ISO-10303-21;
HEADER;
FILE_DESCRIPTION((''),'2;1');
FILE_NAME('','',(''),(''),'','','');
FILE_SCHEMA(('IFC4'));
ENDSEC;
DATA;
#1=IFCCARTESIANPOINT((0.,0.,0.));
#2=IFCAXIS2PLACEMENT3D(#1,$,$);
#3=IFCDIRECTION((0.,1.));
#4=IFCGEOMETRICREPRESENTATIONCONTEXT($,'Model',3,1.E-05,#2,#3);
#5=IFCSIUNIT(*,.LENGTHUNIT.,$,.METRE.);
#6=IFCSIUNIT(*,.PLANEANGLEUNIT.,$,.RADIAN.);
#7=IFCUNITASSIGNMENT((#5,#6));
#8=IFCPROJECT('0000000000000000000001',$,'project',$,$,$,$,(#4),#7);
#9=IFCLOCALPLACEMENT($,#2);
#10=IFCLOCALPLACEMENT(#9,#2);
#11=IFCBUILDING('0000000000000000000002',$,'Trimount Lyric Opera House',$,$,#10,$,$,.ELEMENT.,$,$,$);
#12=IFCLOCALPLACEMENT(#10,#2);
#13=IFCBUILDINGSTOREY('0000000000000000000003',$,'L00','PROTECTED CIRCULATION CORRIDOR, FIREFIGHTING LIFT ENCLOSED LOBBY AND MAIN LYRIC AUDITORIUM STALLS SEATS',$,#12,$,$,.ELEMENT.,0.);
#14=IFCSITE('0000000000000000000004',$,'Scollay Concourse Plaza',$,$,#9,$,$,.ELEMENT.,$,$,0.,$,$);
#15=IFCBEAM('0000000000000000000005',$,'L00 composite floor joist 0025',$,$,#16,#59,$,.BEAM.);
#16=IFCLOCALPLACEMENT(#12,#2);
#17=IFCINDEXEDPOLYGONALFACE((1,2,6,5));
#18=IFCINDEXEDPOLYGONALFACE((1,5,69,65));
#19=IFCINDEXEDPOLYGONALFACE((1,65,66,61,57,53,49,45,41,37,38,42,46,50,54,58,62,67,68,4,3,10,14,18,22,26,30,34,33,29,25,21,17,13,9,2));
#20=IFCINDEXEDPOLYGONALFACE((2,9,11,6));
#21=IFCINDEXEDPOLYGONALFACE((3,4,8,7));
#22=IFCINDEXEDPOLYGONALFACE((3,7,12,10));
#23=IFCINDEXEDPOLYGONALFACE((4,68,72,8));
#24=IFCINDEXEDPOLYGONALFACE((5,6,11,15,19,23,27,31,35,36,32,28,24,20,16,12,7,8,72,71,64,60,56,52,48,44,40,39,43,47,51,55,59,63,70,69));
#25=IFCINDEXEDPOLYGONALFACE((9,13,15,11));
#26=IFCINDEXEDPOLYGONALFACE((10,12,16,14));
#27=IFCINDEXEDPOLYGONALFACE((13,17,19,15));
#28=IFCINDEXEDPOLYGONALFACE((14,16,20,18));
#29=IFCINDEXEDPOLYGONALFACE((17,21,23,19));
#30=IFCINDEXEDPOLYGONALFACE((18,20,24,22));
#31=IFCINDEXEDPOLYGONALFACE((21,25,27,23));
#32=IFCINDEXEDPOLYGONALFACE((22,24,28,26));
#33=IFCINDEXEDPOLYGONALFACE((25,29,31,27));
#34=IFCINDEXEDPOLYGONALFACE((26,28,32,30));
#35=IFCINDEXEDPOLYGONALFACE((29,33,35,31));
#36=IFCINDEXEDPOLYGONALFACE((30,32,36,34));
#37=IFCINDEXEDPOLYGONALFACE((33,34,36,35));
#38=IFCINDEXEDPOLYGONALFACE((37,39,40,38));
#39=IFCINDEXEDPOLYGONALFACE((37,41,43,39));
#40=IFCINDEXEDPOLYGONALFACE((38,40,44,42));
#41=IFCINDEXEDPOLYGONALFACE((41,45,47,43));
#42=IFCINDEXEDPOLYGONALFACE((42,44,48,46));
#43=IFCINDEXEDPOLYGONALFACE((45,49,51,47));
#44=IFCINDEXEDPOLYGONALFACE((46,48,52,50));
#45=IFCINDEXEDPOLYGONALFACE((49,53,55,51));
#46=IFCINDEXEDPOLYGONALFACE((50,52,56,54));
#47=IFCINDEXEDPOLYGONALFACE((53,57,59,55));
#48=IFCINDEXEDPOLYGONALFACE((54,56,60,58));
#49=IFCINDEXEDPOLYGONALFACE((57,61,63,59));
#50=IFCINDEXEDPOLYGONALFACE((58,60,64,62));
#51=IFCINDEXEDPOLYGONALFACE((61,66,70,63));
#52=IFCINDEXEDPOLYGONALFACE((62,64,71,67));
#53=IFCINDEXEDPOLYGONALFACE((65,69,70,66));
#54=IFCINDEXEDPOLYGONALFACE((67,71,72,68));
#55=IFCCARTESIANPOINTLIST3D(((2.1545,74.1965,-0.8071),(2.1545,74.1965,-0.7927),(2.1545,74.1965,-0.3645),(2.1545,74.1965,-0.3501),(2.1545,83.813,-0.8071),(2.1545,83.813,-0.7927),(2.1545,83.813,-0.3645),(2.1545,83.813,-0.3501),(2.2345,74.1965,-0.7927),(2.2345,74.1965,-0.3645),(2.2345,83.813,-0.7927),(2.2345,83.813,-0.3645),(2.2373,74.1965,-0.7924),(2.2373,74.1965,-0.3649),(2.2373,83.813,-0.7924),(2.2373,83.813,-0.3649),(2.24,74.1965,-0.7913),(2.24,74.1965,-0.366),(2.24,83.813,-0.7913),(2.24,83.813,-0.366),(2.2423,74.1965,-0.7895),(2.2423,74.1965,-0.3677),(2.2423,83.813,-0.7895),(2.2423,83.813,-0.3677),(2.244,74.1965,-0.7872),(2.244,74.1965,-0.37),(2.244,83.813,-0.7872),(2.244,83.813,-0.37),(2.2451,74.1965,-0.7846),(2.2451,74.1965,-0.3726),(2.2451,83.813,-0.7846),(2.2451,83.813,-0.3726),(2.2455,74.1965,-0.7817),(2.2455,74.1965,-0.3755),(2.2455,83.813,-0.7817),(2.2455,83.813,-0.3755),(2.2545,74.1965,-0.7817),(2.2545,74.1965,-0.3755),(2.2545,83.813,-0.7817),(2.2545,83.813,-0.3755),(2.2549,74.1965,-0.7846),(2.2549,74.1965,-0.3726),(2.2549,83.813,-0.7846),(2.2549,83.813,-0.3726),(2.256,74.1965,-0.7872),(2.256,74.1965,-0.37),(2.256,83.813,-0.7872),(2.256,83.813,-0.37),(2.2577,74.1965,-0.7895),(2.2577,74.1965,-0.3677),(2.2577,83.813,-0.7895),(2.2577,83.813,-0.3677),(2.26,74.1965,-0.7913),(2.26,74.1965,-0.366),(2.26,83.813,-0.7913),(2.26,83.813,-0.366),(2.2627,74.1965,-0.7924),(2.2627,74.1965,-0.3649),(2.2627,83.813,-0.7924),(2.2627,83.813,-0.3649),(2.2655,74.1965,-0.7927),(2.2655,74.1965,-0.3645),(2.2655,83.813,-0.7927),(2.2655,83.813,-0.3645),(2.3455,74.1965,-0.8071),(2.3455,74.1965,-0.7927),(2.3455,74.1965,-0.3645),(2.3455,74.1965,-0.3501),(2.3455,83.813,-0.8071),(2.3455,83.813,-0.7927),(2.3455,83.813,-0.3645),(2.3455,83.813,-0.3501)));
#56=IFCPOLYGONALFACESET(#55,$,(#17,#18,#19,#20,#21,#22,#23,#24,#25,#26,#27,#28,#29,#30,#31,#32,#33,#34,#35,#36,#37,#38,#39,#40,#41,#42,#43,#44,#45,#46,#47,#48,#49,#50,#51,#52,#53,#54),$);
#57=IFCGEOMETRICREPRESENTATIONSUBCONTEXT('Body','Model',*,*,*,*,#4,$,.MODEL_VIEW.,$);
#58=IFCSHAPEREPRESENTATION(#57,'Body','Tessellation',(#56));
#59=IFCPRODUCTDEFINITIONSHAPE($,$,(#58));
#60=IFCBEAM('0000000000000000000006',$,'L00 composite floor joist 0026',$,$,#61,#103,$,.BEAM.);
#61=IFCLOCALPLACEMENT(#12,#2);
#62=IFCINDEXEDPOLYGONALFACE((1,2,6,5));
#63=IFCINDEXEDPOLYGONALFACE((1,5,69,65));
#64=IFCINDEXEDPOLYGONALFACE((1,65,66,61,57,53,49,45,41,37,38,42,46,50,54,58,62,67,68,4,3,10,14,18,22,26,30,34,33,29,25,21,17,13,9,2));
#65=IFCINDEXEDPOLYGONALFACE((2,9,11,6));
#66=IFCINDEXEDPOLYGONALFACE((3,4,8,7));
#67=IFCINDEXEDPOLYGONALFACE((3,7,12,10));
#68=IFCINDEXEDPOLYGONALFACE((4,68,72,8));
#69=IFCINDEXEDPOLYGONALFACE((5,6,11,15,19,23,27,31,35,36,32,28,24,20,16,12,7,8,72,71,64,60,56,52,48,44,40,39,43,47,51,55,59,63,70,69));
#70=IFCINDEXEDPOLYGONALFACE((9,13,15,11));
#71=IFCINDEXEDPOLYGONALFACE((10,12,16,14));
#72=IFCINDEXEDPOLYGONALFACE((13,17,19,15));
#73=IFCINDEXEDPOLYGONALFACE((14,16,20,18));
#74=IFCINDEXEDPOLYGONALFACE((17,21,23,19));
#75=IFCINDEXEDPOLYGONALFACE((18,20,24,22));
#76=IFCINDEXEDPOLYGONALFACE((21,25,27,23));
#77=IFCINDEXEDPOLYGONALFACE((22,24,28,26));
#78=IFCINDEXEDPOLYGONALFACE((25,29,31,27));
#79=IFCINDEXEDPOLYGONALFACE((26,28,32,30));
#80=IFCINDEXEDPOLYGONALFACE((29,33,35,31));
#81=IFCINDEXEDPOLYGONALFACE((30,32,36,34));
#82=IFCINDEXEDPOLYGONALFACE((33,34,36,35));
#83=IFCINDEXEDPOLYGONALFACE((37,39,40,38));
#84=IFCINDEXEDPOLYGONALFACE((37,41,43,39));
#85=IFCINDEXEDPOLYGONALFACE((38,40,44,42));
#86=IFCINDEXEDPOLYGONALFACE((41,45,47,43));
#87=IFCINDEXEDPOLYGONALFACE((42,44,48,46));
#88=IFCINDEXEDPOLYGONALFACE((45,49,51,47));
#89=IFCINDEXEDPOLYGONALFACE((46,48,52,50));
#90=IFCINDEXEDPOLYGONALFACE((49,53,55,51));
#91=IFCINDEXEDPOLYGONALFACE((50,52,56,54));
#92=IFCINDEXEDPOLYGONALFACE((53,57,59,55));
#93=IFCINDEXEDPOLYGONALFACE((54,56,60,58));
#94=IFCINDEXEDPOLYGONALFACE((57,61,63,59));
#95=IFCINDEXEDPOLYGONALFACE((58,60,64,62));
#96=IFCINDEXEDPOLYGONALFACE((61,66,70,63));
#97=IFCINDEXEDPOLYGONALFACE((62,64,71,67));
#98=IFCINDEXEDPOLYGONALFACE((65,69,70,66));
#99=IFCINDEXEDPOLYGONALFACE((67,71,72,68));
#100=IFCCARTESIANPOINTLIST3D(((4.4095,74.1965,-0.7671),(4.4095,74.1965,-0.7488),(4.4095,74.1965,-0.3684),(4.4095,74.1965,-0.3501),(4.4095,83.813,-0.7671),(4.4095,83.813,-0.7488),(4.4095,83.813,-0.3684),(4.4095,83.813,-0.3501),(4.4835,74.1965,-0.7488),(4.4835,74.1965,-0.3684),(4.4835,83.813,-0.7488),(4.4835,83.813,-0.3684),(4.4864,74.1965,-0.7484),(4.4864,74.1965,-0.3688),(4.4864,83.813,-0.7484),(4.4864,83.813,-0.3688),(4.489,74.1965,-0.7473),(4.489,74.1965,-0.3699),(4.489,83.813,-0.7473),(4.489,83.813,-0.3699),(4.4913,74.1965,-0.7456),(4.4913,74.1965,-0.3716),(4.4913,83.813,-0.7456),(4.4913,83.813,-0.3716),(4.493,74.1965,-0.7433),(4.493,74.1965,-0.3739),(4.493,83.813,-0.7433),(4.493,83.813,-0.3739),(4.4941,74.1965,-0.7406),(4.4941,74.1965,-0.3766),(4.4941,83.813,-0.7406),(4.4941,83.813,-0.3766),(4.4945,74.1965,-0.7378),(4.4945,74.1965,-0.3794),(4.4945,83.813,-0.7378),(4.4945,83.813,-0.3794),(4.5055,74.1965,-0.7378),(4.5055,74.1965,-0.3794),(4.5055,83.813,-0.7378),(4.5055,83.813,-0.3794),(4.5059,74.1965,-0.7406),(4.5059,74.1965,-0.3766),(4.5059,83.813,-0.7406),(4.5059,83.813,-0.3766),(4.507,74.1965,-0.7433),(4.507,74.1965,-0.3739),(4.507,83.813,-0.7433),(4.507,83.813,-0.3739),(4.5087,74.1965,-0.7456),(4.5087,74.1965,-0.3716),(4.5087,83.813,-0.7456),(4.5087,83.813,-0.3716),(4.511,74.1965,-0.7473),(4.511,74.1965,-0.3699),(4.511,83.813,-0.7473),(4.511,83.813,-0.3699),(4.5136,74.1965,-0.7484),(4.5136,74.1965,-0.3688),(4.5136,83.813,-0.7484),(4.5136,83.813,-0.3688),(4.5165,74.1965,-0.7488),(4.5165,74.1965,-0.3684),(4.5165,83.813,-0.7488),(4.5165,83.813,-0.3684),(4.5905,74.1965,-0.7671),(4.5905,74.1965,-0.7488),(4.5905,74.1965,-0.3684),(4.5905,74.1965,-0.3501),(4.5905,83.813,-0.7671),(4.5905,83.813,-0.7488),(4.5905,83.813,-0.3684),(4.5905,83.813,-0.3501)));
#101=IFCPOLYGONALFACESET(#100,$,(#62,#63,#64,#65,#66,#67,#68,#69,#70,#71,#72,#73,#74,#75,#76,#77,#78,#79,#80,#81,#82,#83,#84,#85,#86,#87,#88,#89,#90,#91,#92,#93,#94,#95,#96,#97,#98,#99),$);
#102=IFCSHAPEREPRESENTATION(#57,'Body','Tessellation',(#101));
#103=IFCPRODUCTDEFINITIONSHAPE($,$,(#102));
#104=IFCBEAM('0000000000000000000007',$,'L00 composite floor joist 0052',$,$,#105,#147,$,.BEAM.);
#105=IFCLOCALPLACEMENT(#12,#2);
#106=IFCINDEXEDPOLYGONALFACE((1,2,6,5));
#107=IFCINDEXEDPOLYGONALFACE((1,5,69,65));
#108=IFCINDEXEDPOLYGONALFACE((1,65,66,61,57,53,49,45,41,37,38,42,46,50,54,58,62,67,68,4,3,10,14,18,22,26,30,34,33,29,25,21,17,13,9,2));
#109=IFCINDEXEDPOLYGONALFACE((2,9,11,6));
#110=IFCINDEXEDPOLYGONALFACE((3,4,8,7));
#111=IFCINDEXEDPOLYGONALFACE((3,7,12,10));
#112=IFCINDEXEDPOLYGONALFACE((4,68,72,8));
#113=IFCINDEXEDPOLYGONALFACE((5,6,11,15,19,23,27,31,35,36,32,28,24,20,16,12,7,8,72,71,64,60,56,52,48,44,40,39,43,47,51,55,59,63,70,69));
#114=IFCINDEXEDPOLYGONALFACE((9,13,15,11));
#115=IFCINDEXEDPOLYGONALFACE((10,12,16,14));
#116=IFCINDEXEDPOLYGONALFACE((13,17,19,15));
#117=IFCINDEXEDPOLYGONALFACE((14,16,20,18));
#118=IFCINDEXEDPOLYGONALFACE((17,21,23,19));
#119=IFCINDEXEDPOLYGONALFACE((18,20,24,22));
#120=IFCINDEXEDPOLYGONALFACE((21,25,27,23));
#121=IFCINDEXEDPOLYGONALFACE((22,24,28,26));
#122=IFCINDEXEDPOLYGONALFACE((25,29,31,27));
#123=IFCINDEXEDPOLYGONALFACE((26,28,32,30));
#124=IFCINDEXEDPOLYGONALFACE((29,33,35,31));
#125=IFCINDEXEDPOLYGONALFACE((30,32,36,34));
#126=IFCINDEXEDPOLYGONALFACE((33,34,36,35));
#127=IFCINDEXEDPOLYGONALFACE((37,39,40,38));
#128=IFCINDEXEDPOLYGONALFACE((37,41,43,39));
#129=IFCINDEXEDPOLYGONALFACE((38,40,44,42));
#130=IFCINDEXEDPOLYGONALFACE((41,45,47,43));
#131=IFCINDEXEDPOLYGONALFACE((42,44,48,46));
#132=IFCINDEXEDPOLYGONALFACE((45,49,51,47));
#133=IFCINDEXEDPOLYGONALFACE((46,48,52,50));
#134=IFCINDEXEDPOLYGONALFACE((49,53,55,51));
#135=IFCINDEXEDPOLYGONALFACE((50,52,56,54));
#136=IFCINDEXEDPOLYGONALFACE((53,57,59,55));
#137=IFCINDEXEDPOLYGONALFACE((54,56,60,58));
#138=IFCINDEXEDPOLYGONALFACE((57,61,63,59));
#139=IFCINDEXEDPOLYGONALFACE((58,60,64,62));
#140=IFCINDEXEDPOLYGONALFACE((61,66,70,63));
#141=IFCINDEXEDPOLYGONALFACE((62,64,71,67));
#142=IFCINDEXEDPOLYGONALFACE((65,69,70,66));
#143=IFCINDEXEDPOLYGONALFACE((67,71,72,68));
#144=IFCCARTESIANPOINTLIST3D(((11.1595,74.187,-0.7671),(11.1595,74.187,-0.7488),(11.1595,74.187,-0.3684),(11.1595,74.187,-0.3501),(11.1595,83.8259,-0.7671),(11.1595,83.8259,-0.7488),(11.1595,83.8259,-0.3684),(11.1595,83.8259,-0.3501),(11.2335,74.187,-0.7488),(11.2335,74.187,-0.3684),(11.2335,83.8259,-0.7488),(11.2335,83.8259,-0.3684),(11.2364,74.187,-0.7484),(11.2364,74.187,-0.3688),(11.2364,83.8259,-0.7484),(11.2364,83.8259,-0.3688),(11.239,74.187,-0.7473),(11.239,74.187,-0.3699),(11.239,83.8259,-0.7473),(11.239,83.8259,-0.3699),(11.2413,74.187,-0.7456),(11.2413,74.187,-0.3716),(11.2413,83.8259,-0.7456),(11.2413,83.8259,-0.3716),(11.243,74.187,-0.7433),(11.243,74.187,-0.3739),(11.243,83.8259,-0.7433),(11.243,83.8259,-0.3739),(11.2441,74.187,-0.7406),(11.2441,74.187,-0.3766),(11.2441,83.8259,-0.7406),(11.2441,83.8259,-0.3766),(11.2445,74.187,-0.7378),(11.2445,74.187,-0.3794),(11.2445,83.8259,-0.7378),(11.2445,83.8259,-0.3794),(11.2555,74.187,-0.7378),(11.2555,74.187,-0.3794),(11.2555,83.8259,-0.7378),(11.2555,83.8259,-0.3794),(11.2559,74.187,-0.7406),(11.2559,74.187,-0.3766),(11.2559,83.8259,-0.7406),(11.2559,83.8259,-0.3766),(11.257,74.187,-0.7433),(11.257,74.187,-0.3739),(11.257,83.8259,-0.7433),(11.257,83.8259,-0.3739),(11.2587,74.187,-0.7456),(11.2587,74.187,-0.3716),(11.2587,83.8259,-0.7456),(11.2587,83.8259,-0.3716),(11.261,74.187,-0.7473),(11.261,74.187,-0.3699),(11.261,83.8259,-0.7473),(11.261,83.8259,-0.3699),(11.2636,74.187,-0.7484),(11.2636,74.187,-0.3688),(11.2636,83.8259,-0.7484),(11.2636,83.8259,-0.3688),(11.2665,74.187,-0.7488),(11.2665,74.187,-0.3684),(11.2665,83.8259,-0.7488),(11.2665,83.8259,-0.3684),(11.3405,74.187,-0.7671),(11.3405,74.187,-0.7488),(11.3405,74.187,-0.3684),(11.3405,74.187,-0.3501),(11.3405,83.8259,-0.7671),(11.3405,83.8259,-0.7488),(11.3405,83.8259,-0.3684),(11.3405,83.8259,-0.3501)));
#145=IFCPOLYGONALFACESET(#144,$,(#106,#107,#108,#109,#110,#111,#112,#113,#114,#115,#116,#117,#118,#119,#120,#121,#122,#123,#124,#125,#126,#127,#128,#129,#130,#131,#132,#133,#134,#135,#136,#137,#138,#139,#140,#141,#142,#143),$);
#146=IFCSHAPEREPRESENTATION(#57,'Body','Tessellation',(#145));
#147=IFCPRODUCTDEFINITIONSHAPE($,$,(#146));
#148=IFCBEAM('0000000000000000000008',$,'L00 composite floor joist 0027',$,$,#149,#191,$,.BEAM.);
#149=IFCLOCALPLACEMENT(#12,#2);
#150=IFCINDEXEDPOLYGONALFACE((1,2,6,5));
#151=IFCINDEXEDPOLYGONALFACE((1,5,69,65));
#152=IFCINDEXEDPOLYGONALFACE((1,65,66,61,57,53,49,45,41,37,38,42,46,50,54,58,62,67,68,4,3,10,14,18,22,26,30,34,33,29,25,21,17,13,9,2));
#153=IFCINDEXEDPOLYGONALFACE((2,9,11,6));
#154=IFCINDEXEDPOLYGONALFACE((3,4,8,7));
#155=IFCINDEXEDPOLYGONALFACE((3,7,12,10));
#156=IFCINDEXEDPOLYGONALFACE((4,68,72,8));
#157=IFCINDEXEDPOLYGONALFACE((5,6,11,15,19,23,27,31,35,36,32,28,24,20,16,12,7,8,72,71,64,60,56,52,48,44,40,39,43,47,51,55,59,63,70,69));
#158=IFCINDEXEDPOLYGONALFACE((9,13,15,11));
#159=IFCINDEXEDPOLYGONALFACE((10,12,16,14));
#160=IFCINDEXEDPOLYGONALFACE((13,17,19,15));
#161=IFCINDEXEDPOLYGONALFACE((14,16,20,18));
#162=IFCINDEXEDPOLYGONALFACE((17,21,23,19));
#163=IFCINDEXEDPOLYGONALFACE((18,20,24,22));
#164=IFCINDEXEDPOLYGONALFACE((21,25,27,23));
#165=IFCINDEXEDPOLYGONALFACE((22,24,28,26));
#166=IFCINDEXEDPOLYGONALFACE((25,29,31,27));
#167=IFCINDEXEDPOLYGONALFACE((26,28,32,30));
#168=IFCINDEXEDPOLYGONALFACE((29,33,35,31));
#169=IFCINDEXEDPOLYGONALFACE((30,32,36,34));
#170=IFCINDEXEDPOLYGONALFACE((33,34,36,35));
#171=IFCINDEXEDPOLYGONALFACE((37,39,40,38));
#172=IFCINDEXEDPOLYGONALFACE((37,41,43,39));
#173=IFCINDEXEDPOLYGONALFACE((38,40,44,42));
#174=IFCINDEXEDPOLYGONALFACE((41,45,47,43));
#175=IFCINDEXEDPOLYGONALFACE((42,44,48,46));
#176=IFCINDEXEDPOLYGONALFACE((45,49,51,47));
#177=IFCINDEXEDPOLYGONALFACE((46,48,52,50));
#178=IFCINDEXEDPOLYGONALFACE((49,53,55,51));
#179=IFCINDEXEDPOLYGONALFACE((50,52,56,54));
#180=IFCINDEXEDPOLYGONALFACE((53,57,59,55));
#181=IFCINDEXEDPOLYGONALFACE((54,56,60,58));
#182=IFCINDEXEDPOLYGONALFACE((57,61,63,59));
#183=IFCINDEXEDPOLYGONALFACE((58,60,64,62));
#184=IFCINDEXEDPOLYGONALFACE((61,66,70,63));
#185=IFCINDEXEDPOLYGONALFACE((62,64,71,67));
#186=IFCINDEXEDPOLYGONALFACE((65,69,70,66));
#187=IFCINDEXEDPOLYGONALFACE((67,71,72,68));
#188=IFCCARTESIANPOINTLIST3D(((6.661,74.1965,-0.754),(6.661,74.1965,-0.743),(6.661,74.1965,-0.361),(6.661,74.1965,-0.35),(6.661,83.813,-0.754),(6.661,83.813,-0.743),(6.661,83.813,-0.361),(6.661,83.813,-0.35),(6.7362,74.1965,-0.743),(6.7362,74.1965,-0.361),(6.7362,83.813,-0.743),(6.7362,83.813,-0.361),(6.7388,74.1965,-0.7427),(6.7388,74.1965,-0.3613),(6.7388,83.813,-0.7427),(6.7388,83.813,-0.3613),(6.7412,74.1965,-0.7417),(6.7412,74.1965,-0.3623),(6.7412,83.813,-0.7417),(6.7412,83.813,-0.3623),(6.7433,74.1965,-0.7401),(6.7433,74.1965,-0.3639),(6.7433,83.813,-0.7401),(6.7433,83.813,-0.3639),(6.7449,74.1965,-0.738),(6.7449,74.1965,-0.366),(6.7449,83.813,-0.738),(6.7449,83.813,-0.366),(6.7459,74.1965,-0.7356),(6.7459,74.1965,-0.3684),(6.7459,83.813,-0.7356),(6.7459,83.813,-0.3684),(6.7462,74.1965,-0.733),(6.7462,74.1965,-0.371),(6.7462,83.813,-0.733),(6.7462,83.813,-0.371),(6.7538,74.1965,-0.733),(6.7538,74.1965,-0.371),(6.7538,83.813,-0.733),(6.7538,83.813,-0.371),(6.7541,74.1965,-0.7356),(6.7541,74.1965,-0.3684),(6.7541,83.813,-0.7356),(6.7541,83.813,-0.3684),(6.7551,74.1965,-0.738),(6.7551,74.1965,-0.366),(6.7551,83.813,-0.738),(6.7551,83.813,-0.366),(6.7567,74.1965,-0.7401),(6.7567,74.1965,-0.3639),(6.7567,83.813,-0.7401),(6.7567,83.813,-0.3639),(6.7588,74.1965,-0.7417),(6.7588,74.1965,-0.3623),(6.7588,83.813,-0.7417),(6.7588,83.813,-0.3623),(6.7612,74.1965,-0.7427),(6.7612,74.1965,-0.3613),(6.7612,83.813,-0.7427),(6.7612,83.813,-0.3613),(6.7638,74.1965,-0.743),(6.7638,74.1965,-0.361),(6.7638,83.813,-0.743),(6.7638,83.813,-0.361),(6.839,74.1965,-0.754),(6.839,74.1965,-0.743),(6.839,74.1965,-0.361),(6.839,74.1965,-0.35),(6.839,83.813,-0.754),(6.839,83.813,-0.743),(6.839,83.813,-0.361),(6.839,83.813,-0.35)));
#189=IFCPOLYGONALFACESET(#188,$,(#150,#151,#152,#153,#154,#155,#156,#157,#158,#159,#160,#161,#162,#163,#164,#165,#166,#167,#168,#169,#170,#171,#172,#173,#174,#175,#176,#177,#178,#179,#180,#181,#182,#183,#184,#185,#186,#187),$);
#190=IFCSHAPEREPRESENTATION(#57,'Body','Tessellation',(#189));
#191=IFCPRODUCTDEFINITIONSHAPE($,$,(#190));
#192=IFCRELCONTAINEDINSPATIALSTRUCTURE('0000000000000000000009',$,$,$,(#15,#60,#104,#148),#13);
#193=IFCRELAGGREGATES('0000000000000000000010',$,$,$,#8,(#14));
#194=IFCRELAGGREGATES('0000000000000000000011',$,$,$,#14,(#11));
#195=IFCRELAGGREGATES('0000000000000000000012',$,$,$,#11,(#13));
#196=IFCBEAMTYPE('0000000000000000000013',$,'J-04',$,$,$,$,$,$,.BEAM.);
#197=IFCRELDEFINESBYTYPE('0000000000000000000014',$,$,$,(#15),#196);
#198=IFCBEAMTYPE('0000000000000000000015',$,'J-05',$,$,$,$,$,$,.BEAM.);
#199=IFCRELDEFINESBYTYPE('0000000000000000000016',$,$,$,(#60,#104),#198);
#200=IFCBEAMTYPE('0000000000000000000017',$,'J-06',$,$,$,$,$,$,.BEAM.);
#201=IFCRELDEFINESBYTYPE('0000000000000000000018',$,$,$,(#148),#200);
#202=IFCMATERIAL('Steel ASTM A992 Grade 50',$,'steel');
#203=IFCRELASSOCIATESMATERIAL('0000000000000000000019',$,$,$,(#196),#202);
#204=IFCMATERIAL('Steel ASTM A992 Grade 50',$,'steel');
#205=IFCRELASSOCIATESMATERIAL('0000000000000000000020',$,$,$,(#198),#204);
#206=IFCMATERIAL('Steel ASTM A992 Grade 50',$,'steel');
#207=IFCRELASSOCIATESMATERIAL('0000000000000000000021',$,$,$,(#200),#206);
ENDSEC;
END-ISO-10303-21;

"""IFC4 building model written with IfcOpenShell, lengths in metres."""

from ifc_helpers import new_model, si_unit, direction, frame, origin, origin_2d, place, context, subcontext, project, spatial, i_section, extrude, material, material_profile, profile_set, type_object, element, save


model = new_model("IFC4")

# Units and contexts
model_context = context("Model", 3, precision=1e-05, world=origin(), true_north=direction((0.0, 1.0)))
body_context = subcontext(model_context, "Body", "Model", "MODEL_VIEW")
ifc_project = project(units=[si_unit("LENGTHUNIT", "METRE"), si_unit("PLANEANGLEUNIT", "RADIAN")], contexts=[model_context])

# Site, building, storey
site_placement = place(None, origin())
site = spatial("IfcSite", under=ifc_project, at=site_placement, Name="Scollay Concourse Plaza", CompositionType="ELEMENT", RefElevation=0.0)
building_placement = place(site_placement, origin())
building = spatial("IfcBuilding", under=site, at=building_placement, Name="Trimount Lyric Opera House", CompositionType="ELEMENT")
storey_placement = place(building_placement, origin())
storey = spatial("IfcBuildingStorey", under=building, at=storey_placement, Name="L00", Description="PROTECTED CIRCULATION CORRIDOR, FIREFIGHTING LIFT ENCLOSED LOBBY AND MAIN LYRIC AUDITORIUM STALLS SEATS", CompositionType="ELEMENT", Elevation=0.0)

# Beams
ifc_material_1 = material(Name="Steel ASTM A992 Grade 50", Category="steel")
ifc_material_profile_1 = material_profile(ifc_material_1, i_section(OverallWidth=0.1909, OverallDepth=0.457, WebThickness=0.009, FlangeThickness=0.0144, FilletRadius=0.011, at=origin_2d()), Name="W18X50")
ifc_profile_set_1 = profile_set([ifc_material_profile_1], Name="Steel ASTM A992 Grade 50")
beam_type_1 = type_object("IfcBeamType", Name="J-04", PredefinedType="BEAM", material=ifc_profile_set_1)
beam_1_placement = place(storey_placement, frame((2.25, 74.1965, -0.5786), z_axis=(0.0, 1.0, 0.0), x_axis=(-1.0, 0.0, 0.0)))
element("IfcBeam", 1, at=beam_1_placement, inside=storey, type_object=beam_type_1, Name="L00 composite floor joist 0025", PredefinedType="BEAM", context=body_context, shape_type="SweptSolid", body=[
    extrude(i_section(OverallWidth=0.1909, OverallDepth=0.457, WebThickness=0.009, FlangeThickness=0.0144, FilletRadius=0.011, at=origin_2d()), origin(), (0.0, 0.0, 1.0), 9.6165),
])
ifc_material_2 = material(Name="Steel ASTM A992 Grade 50", Category="steel")
ifc_material_profile_2 = material_profile(ifc_material_2, i_section(OverallWidth=0.1809, OverallDepth=0.417, WebThickness=0.011, FlangeThickness=0.0183, FilletRadius=0.011, at=origin_2d()), Name="W16X57")
ifc_profile_set_2 = profile_set([ifc_material_profile_2], Name="Steel ASTM A992 Grade 50")
beam_type_2 = type_object("IfcBeamType", Name="J-05", PredefinedType="BEAM", material=ifc_profile_set_2)
beam_2_placement = place(storey_placement, frame((4.5, 74.1965, -0.5586), z_axis=(0.0, 1.0, 0.0), x_axis=(-1.0, 0.0, 0.0)))
element("IfcBeam", 2, at=beam_2_placement, inside=storey, type_object=beam_type_2, Name="L00 composite floor joist 0026", PredefinedType="BEAM", context=body_context, shape_type="SweptSolid", body=[
    extrude(i_section(OverallWidth=0.1809, OverallDepth=0.417, WebThickness=0.011, FlangeThickness=0.0183, FilletRadius=0.011, at=origin_2d()), origin(), (0.0, 0.0, 1.0), 9.6165),
])
beam_3_placement = place(storey_placement, frame((11.25, 74.187, -0.5586), z_axis=(0.0, 1.0, 0.0), x_axis=(-1.0, 0.0, 0.0)))
element("IfcBeam", 3, at=beam_3_placement, inside=storey, type_object=beam_type_2, Name="L00 composite floor joist 0052", PredefinedType="BEAM", context=body_context, shape_type="SweptSolid", body=[
    extrude(i_section(OverallWidth=0.1809, OverallDepth=0.417, WebThickness=0.011, FlangeThickness=0.0183, FilletRadius=0.011, at=origin_2d()), origin(), (0.0, 0.0, 1.0), 9.6389),
])
ifc_material_3 = material(Name="Steel ASTM A992 Grade 50", Category="steel")
ifc_material_profile_3 = material_profile(ifc_material_3, i_section(OverallWidth=0.178, OverallDepth=0.4041, WebThickness=0.0076, FlangeThickness=0.011, FilletRadius=0.01, at=origin_2d()), Name="W16X36")
ifc_profile_set_3 = profile_set([ifc_material_profile_3], Name="Steel ASTM A992 Grade 50")
beam_type_3 = type_object("IfcBeamType", Name="J-06", PredefinedType="BEAM", material=ifc_profile_set_3)
beam_4_placement = place(storey_placement, frame((6.75, 74.1965, -0.552), z_axis=(0.0, 1.0, 0.0), x_axis=(-1.0, 0.0, 0.0)))
element("IfcBeam", 4, at=beam_4_placement, inside=storey, type_object=beam_type_3, Name="L00 composite floor joist 0027", PredefinedType="BEAM", context=body_context, shape_type="SweptSolid", body=[
    extrude(i_section(OverallWidth=0.178, OverallDepth=0.4041, WebThickness=0.0076, FlangeThickness=0.011, FilletRadius=0.01, at=origin_2d()), origin(), (0.0, 0.0, 1.0), 9.6165),
])

save(model, "model.ifc")
